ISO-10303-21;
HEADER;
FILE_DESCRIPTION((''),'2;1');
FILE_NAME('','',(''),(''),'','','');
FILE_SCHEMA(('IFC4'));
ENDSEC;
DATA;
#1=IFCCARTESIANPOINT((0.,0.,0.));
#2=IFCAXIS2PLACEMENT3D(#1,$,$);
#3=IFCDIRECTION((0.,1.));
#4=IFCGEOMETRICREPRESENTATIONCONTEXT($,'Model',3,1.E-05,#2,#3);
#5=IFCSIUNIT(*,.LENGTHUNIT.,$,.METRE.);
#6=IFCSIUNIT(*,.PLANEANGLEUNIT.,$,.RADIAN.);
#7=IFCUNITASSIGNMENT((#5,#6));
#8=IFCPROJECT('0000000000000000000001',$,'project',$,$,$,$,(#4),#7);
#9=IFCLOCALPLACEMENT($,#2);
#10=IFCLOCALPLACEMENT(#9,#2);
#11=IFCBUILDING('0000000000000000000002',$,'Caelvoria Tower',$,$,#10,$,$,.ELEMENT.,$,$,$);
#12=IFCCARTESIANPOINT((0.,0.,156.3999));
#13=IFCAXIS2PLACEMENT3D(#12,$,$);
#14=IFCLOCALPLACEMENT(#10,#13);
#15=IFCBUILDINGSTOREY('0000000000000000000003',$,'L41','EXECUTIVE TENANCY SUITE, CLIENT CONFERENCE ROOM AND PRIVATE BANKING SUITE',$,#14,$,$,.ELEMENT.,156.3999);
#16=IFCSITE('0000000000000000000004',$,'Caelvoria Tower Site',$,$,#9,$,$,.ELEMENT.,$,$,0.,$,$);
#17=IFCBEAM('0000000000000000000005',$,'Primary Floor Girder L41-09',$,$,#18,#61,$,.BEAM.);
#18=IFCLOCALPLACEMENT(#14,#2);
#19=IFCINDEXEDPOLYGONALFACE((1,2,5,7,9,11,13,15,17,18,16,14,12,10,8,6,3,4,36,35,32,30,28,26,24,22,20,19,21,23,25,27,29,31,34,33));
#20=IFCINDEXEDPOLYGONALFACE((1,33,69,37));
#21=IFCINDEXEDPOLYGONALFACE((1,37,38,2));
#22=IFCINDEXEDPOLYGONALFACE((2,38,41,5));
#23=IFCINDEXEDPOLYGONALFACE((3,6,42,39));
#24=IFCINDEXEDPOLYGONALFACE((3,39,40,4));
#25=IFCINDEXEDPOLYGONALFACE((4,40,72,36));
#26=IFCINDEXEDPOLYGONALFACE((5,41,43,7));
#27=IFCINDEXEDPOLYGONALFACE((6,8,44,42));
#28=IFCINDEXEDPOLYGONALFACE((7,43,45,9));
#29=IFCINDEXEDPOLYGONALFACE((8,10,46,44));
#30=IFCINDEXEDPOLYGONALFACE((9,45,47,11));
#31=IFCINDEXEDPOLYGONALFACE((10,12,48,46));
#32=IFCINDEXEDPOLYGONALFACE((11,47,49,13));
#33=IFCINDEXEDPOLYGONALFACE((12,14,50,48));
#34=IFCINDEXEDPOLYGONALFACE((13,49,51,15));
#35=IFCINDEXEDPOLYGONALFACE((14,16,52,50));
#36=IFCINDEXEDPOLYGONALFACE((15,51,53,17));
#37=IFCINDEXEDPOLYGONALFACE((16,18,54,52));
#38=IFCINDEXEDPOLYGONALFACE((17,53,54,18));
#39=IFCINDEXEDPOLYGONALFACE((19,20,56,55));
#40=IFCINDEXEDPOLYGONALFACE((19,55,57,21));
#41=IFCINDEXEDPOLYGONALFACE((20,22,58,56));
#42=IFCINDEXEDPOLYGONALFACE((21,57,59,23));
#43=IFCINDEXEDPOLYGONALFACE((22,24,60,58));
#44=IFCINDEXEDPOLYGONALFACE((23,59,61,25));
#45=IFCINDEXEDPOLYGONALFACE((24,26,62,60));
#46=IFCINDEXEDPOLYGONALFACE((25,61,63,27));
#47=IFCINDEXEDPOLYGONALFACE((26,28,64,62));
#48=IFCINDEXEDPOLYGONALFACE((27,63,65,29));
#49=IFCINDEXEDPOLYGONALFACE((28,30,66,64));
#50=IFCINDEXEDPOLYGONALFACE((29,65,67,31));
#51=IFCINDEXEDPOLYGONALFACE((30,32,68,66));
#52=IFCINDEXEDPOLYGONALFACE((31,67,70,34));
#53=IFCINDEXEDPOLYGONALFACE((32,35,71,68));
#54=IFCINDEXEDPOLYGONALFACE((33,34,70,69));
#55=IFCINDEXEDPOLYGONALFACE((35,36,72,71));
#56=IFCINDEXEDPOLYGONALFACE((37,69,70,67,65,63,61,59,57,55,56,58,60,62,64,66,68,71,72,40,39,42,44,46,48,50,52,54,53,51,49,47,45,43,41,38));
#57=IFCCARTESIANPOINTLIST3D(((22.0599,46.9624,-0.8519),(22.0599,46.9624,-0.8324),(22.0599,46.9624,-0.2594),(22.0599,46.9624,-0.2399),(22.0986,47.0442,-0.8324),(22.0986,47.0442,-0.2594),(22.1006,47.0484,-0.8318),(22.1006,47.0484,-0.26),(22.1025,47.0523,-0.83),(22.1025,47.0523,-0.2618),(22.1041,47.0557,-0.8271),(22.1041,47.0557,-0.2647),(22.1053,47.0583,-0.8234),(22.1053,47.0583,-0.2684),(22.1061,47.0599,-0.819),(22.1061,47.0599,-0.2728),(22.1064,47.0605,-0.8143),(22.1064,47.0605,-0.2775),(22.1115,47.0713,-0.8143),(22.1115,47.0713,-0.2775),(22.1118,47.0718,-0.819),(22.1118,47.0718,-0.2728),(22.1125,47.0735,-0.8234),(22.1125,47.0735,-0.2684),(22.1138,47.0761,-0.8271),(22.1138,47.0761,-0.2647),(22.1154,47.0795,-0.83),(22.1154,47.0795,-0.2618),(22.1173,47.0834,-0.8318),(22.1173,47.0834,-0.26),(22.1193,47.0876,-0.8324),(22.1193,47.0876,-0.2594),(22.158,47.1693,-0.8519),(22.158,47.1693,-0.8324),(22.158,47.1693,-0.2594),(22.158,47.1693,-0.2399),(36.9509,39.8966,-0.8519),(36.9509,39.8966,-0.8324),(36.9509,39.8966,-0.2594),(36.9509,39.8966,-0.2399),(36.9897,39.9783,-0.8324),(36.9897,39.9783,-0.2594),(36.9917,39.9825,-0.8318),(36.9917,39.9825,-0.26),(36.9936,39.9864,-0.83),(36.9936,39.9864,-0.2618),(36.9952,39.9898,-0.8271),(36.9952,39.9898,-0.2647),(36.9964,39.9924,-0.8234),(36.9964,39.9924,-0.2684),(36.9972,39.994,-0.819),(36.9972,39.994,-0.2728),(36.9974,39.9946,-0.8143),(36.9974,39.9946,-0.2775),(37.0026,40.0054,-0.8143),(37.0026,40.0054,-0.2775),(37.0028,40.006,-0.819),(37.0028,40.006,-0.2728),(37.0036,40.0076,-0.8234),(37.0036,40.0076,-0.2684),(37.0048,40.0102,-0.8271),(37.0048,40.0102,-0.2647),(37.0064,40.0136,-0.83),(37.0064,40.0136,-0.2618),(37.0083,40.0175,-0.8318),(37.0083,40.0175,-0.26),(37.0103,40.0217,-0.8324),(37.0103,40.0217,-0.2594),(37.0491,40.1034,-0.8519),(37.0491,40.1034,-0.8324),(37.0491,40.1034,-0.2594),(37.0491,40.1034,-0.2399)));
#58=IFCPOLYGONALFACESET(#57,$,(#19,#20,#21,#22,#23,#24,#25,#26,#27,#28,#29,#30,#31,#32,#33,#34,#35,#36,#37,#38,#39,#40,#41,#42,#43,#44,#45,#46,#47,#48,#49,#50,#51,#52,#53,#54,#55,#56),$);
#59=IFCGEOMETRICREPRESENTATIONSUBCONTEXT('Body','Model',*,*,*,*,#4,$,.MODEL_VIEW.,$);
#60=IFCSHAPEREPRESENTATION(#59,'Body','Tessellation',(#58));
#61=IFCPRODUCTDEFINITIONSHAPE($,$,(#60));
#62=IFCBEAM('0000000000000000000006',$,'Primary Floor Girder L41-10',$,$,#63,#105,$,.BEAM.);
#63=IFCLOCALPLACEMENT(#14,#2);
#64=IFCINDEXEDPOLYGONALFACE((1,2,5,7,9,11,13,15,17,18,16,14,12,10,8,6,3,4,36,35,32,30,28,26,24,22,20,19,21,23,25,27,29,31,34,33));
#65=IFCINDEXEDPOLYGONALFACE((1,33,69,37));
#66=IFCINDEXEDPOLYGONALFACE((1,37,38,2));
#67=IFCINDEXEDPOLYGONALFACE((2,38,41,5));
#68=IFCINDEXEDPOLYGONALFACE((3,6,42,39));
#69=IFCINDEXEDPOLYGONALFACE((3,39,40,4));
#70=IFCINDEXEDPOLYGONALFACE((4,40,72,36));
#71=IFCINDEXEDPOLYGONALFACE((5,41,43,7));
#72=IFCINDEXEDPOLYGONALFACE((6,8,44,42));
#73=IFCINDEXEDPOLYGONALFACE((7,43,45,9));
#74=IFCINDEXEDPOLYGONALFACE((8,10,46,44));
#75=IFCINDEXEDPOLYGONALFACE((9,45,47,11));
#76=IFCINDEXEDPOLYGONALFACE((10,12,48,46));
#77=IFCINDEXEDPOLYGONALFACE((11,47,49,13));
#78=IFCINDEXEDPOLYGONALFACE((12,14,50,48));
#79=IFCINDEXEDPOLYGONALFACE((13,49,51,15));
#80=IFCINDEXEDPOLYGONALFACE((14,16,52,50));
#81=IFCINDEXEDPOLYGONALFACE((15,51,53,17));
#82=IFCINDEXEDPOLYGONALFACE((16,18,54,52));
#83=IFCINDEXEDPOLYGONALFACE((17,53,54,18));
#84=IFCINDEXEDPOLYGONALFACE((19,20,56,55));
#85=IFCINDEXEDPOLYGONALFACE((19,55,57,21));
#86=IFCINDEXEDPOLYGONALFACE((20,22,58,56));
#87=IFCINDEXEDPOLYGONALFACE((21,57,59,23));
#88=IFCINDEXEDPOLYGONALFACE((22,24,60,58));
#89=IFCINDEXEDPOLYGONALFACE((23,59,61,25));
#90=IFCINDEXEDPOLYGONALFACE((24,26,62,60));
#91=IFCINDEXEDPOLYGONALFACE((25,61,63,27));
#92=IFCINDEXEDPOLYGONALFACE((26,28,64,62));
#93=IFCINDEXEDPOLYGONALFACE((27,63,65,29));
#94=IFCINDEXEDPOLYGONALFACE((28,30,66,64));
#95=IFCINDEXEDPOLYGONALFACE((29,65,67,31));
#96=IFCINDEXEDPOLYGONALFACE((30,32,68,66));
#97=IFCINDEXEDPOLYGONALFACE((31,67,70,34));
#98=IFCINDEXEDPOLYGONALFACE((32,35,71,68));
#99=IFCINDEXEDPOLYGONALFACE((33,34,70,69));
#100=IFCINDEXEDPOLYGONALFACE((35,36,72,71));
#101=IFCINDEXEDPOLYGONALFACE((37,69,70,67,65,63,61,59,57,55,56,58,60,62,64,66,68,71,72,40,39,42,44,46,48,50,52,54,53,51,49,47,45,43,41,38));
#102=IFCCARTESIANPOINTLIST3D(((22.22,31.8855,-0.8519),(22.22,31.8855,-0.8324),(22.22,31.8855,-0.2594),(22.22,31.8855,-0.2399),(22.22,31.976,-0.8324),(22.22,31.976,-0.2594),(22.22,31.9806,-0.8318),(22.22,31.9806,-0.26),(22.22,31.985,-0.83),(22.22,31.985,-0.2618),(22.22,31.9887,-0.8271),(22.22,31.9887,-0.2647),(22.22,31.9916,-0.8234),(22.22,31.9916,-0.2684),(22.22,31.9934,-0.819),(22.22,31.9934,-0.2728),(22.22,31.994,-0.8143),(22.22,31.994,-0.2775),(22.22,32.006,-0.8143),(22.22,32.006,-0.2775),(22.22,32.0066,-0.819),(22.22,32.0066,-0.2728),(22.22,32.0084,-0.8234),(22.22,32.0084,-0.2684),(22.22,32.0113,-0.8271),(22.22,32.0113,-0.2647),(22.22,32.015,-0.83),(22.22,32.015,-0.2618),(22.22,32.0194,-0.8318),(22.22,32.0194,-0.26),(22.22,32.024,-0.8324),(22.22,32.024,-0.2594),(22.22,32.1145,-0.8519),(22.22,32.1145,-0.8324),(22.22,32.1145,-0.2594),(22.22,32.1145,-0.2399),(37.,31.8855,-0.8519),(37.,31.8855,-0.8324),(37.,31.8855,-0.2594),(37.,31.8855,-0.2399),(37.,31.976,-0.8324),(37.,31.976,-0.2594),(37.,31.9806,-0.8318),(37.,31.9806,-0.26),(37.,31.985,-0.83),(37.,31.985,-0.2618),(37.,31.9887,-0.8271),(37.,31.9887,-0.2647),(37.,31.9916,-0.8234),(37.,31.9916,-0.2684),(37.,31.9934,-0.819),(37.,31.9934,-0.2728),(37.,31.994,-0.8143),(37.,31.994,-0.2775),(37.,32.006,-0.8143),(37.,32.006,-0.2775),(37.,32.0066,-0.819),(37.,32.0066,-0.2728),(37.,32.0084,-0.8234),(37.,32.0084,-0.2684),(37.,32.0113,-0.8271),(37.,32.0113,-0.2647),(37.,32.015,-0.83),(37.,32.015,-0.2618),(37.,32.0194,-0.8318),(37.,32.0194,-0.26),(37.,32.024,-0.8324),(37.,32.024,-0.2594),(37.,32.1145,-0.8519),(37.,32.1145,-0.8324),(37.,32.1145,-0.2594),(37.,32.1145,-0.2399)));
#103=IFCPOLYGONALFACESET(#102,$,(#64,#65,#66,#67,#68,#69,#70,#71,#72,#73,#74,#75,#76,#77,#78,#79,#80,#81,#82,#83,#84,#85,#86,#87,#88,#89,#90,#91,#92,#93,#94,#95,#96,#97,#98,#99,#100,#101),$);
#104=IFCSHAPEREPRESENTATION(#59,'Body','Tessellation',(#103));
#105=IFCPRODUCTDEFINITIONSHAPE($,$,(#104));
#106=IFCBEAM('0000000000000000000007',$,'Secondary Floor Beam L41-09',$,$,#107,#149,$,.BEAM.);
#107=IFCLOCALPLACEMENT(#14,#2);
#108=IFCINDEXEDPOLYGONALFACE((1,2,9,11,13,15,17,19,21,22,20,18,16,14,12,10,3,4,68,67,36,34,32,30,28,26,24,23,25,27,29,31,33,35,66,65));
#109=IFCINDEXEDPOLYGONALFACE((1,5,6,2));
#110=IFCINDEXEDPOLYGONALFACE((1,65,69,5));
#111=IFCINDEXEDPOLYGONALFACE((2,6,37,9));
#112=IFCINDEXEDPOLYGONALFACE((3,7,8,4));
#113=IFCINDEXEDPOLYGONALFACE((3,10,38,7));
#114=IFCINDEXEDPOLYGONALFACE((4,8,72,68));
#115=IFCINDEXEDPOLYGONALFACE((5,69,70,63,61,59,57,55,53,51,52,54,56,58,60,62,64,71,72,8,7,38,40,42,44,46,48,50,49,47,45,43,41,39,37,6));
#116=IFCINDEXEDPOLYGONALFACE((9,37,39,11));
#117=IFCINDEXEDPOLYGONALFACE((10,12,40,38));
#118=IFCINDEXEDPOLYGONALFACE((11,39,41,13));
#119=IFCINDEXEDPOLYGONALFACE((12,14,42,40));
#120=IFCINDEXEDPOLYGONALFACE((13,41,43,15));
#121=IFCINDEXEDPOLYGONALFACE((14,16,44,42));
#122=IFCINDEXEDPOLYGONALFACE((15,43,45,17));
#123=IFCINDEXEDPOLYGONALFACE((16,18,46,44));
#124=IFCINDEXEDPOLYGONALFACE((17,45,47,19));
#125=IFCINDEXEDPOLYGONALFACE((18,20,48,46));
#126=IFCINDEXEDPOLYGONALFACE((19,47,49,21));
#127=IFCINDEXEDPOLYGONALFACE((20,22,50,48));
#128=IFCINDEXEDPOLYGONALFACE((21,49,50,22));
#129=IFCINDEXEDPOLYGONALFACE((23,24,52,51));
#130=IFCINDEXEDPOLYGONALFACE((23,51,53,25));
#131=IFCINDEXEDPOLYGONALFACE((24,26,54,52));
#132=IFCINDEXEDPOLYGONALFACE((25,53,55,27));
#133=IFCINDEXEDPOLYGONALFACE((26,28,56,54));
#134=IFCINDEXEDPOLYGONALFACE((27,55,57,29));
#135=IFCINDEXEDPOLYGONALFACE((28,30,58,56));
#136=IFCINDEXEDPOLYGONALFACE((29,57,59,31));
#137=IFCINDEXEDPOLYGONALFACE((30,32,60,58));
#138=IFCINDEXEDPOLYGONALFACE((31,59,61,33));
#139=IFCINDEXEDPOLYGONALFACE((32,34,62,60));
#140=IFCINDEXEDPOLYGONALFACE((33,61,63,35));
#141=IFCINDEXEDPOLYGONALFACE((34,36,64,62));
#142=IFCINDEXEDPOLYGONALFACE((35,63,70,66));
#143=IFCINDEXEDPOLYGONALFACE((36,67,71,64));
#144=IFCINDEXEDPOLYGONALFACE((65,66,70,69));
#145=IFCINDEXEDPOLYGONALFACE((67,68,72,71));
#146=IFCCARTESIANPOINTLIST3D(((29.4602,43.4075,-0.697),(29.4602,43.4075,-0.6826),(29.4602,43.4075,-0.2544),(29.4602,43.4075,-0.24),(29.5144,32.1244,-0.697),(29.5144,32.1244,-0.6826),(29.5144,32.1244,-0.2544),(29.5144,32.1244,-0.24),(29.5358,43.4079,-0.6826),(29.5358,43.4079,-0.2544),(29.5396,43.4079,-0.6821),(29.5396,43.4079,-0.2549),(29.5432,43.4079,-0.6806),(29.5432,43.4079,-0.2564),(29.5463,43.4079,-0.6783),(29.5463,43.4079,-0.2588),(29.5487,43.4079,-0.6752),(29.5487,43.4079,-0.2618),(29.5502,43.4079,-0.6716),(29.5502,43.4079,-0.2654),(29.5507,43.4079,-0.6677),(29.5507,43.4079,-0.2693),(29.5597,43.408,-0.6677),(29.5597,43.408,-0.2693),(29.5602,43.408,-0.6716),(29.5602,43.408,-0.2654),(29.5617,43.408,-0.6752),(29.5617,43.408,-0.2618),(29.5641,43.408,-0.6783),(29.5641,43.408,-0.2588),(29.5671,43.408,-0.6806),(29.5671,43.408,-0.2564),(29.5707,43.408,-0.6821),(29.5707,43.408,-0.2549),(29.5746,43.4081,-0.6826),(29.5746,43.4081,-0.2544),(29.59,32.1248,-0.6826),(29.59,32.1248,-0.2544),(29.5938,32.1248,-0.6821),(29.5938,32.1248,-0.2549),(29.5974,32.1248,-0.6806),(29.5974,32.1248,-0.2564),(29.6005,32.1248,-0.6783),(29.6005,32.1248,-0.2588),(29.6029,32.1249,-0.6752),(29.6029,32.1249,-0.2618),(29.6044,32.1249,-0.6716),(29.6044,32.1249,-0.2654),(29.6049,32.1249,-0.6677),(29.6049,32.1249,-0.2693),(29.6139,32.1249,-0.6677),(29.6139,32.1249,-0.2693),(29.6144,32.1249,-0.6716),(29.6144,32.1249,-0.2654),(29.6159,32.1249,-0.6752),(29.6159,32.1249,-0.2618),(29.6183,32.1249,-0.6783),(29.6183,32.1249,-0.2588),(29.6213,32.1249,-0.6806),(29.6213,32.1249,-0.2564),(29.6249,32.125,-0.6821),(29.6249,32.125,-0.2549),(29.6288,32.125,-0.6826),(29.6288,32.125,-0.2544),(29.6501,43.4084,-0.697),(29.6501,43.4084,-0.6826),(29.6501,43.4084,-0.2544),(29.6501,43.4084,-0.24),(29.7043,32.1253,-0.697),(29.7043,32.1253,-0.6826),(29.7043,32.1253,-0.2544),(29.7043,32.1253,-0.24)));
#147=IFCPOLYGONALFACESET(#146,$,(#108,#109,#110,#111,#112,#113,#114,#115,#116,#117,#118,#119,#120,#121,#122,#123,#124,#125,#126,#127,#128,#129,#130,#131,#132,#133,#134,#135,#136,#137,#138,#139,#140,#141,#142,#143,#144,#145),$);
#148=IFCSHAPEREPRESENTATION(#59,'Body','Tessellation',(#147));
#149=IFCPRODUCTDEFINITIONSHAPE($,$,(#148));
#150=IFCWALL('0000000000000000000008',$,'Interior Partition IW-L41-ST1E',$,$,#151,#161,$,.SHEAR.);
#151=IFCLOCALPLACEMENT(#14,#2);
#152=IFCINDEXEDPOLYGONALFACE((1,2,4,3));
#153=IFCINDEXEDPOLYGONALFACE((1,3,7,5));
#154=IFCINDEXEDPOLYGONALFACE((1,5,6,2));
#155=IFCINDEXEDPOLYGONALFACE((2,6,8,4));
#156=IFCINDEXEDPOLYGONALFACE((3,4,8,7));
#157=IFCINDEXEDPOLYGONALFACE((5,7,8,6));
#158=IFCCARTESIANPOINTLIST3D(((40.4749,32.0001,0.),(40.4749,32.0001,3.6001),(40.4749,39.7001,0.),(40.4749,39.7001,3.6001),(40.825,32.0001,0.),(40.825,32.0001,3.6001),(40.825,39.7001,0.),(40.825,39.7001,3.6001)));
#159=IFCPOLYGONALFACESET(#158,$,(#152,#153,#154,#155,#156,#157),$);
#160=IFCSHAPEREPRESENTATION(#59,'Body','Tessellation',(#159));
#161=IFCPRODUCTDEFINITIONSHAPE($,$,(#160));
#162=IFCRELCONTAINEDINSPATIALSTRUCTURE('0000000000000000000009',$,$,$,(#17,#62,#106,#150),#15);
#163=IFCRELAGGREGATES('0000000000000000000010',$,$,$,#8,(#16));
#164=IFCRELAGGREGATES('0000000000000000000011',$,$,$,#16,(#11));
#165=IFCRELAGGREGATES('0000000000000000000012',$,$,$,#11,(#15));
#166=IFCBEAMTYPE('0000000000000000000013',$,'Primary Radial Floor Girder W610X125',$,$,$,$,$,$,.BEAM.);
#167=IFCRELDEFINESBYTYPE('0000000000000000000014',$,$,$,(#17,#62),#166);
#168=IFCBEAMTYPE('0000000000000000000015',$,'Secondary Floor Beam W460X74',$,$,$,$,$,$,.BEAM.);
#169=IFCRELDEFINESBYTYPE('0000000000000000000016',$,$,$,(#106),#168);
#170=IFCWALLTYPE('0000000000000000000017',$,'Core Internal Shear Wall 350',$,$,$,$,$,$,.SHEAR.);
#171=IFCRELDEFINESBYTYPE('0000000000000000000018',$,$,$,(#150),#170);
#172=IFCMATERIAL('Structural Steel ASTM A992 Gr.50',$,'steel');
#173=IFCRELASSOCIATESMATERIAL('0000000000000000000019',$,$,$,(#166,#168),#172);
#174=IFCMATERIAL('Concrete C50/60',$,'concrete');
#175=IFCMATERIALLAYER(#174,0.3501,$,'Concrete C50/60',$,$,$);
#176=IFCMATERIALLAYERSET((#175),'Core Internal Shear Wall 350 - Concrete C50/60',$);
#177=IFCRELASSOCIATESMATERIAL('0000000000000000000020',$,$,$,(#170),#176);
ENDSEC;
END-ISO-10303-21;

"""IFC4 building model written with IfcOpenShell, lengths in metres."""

from ifc_helpers import new_model, si_unit, direction, frame, frame_2d, origin, origin_2d, place, context, subcontext, project, spatial, rectangle, i_section, extrude, material, layer, layer_set, material_profile, profile_set, type_object, element, save


model = new_model("IFC4")

# Units and contexts
model_context = context("Model", 3, precision=1e-05, world=origin(), true_north=direction((0.0, 1.0)))
body_context = subcontext(model_context, "Body", "Model", "MODEL_VIEW")
ifc_project = project(units=[si_unit("LENGTHUNIT", "METRE"), si_unit("PLANEANGLEUNIT", "RADIAN")], contexts=[model_context])

# Site, building, storey
site_placement = place(None, origin())
site = spatial("IfcSite", under=ifc_project, at=site_placement, Name="Caelvoria Tower Site", CompositionType="ELEMENT", RefElevation=0.0)
building_placement = place(site_placement, origin())
building = spatial("IfcBuilding", under=site, at=building_placement, Name="Caelvoria Tower", CompositionType="ELEMENT")
storey_placement = place(building_placement, frame((0.0, 0.0, 156.3999)))
storey = spatial("IfcBuildingStorey", under=building, at=storey_placement, Name="L41", Description="EXECUTIVE TENANCY SUITE, CLIENT CONFERENCE ROOM AND PRIVATE BANKING SUITE", CompositionType="ELEMENT", Elevation=156.3999)

# Beams
ifc_material_1 = material(Name="Structural Steel ASTM A992 Gr.50", Category="steel")
ifc_material_profile_1 = material_profile(ifc_material_1, i_section(OverallWidth=0.229, OverallDepth=0.6121, WebThickness=0.012, FlangeThickness=0.0195, FilletRadius=0.0181, at=origin_2d()), Name="Structural Steel ASTM A992 Gr.50")
ifc_profile_set_1 = profile_set([ifc_material_profile_1], Name="W610X125 - Structural Steel ASTM A992 Gr.50")
beam_type_1 = type_object("IfcBeamType", Name="Primary Radial Floor Girder W610X125", PredefinedType="BEAM", material=ifc_profile_set_1)
beam_1_placement = place(storey_placement, frame((37.0, 40.0, -0.5459), z_axis=(-0.903451, 0.428692, 0.0), x_axis=(-0.428692, -0.903451, 0.0)))
element("IfcBeam", 1, at=beam_1_placement, inside=storey, type_object=beam_type_1, Name="Primary Floor Girder L41-09", PredefinedType="BEAM", context=body_context, shape_type="SweptSolid", body=[
    extrude(i_section(OverallWidth=0.229, OverallDepth=0.6121, WebThickness=0.012, FlangeThickness=0.0195, FilletRadius=0.0181, at=origin_2d()), origin(), (0.0, 0.0, 1.0), 16.4824),
])
beam_2_placement = place(storey_placement, frame((37.0, 32.0, -0.5459), z_axis=(-1.0, 0.0, 0.0), x_axis=(0.0, -1.0, 0.0)))
element("IfcBeam", 2, at=beam_2_placement, inside=storey, type_object=beam_type_1, Name="Primary Floor Girder L41-10", PredefinedType="BEAM", context=body_context, shape_type="SweptSolid", body=[
    extrude(i_section(OverallWidth=0.229, OverallDepth=0.6121, WebThickness=0.012, FlangeThickness=0.0195, FilletRadius=0.0181, at=origin_2d()), origin(), (0.0, 0.0, 1.0), 14.78),
])
ifc_material_profile_2 = material_profile(ifc_material_1, i_section(OverallWidth=0.1899, OverallDepth=0.457, WebThickness=0.009, FlangeThickness=0.0144, FilletRadius=0.0149, at=origin_2d()), Name="Structural Steel ASTM A992 Gr.50")
ifc_profile_set_2 = profile_set([ifc_material_profile_2], Name="W460X74 - Structural Steel ASTM A992 Gr.50")
beam_type_2 = type_object("IfcBeamType", Name="Secondary Floor Beam W460X74", PredefinedType="BEAM", material=ifc_profile_set_2)
beam_3_placement = place(storey_placement, frame((29.5552, 43.408, -0.4685), z_axis=(0.004804, -0.999988, 0.0), x_axis=(0.999988, 0.004804, 0.0)))
element("IfcBeam", 3, at=beam_3_placement, inside=storey, type_object=beam_type_2, Name="Secondary Floor Beam L41-09", PredefinedType="BEAM", context=body_context, shape_type="SweptSolid", body=[
    extrude(i_section(OverallWidth=0.1899, OverallDepth=0.457, WebThickness=0.009, FlangeThickness=0.0144, FilletRadius=0.0149, at=origin_2d()), origin(), (0.0, 0.0, 1.0), 11.2832),
])

# Wall
ifc_material_2 = material(Name="Concrete C50/60", Category="concrete")
ifc_layer_1 = layer(ifc_material_2, 0.3501, Name="Concrete C50/60")
ifc_layer_set_1 = layer_set([ifc_layer_1], Name="Core Internal Shear Wall 350 - Concrete C50/60")
wall_type_1 = type_object("IfcWallType", Name="Core Internal Shear Wall 350", PredefinedType="SHEAR", material=ifc_layer_set_1)
wall_1_placement = place(storey_placement, frame((40.6499, 32.0, 0.0), z_axis=(0.0, 0.0, 1.0), x_axis=(0.0, 1.0, 0.0)))
element("IfcWall", 4, at=wall_1_placement, inside=storey, type_object=wall_type_1, Name="Interior Partition IW-L41-ST1E", PredefinedType="SHEAR", context=body_context, shape_type="SweptSolid", body=[
    extrude(rectangle(XDim=7.7, YDim=0.3501, at=frame_2d((3.8501, 0.0))), origin(), (0.0, 0.0, 1.0), 3.6001),
])

save(model, "model.ifc")
